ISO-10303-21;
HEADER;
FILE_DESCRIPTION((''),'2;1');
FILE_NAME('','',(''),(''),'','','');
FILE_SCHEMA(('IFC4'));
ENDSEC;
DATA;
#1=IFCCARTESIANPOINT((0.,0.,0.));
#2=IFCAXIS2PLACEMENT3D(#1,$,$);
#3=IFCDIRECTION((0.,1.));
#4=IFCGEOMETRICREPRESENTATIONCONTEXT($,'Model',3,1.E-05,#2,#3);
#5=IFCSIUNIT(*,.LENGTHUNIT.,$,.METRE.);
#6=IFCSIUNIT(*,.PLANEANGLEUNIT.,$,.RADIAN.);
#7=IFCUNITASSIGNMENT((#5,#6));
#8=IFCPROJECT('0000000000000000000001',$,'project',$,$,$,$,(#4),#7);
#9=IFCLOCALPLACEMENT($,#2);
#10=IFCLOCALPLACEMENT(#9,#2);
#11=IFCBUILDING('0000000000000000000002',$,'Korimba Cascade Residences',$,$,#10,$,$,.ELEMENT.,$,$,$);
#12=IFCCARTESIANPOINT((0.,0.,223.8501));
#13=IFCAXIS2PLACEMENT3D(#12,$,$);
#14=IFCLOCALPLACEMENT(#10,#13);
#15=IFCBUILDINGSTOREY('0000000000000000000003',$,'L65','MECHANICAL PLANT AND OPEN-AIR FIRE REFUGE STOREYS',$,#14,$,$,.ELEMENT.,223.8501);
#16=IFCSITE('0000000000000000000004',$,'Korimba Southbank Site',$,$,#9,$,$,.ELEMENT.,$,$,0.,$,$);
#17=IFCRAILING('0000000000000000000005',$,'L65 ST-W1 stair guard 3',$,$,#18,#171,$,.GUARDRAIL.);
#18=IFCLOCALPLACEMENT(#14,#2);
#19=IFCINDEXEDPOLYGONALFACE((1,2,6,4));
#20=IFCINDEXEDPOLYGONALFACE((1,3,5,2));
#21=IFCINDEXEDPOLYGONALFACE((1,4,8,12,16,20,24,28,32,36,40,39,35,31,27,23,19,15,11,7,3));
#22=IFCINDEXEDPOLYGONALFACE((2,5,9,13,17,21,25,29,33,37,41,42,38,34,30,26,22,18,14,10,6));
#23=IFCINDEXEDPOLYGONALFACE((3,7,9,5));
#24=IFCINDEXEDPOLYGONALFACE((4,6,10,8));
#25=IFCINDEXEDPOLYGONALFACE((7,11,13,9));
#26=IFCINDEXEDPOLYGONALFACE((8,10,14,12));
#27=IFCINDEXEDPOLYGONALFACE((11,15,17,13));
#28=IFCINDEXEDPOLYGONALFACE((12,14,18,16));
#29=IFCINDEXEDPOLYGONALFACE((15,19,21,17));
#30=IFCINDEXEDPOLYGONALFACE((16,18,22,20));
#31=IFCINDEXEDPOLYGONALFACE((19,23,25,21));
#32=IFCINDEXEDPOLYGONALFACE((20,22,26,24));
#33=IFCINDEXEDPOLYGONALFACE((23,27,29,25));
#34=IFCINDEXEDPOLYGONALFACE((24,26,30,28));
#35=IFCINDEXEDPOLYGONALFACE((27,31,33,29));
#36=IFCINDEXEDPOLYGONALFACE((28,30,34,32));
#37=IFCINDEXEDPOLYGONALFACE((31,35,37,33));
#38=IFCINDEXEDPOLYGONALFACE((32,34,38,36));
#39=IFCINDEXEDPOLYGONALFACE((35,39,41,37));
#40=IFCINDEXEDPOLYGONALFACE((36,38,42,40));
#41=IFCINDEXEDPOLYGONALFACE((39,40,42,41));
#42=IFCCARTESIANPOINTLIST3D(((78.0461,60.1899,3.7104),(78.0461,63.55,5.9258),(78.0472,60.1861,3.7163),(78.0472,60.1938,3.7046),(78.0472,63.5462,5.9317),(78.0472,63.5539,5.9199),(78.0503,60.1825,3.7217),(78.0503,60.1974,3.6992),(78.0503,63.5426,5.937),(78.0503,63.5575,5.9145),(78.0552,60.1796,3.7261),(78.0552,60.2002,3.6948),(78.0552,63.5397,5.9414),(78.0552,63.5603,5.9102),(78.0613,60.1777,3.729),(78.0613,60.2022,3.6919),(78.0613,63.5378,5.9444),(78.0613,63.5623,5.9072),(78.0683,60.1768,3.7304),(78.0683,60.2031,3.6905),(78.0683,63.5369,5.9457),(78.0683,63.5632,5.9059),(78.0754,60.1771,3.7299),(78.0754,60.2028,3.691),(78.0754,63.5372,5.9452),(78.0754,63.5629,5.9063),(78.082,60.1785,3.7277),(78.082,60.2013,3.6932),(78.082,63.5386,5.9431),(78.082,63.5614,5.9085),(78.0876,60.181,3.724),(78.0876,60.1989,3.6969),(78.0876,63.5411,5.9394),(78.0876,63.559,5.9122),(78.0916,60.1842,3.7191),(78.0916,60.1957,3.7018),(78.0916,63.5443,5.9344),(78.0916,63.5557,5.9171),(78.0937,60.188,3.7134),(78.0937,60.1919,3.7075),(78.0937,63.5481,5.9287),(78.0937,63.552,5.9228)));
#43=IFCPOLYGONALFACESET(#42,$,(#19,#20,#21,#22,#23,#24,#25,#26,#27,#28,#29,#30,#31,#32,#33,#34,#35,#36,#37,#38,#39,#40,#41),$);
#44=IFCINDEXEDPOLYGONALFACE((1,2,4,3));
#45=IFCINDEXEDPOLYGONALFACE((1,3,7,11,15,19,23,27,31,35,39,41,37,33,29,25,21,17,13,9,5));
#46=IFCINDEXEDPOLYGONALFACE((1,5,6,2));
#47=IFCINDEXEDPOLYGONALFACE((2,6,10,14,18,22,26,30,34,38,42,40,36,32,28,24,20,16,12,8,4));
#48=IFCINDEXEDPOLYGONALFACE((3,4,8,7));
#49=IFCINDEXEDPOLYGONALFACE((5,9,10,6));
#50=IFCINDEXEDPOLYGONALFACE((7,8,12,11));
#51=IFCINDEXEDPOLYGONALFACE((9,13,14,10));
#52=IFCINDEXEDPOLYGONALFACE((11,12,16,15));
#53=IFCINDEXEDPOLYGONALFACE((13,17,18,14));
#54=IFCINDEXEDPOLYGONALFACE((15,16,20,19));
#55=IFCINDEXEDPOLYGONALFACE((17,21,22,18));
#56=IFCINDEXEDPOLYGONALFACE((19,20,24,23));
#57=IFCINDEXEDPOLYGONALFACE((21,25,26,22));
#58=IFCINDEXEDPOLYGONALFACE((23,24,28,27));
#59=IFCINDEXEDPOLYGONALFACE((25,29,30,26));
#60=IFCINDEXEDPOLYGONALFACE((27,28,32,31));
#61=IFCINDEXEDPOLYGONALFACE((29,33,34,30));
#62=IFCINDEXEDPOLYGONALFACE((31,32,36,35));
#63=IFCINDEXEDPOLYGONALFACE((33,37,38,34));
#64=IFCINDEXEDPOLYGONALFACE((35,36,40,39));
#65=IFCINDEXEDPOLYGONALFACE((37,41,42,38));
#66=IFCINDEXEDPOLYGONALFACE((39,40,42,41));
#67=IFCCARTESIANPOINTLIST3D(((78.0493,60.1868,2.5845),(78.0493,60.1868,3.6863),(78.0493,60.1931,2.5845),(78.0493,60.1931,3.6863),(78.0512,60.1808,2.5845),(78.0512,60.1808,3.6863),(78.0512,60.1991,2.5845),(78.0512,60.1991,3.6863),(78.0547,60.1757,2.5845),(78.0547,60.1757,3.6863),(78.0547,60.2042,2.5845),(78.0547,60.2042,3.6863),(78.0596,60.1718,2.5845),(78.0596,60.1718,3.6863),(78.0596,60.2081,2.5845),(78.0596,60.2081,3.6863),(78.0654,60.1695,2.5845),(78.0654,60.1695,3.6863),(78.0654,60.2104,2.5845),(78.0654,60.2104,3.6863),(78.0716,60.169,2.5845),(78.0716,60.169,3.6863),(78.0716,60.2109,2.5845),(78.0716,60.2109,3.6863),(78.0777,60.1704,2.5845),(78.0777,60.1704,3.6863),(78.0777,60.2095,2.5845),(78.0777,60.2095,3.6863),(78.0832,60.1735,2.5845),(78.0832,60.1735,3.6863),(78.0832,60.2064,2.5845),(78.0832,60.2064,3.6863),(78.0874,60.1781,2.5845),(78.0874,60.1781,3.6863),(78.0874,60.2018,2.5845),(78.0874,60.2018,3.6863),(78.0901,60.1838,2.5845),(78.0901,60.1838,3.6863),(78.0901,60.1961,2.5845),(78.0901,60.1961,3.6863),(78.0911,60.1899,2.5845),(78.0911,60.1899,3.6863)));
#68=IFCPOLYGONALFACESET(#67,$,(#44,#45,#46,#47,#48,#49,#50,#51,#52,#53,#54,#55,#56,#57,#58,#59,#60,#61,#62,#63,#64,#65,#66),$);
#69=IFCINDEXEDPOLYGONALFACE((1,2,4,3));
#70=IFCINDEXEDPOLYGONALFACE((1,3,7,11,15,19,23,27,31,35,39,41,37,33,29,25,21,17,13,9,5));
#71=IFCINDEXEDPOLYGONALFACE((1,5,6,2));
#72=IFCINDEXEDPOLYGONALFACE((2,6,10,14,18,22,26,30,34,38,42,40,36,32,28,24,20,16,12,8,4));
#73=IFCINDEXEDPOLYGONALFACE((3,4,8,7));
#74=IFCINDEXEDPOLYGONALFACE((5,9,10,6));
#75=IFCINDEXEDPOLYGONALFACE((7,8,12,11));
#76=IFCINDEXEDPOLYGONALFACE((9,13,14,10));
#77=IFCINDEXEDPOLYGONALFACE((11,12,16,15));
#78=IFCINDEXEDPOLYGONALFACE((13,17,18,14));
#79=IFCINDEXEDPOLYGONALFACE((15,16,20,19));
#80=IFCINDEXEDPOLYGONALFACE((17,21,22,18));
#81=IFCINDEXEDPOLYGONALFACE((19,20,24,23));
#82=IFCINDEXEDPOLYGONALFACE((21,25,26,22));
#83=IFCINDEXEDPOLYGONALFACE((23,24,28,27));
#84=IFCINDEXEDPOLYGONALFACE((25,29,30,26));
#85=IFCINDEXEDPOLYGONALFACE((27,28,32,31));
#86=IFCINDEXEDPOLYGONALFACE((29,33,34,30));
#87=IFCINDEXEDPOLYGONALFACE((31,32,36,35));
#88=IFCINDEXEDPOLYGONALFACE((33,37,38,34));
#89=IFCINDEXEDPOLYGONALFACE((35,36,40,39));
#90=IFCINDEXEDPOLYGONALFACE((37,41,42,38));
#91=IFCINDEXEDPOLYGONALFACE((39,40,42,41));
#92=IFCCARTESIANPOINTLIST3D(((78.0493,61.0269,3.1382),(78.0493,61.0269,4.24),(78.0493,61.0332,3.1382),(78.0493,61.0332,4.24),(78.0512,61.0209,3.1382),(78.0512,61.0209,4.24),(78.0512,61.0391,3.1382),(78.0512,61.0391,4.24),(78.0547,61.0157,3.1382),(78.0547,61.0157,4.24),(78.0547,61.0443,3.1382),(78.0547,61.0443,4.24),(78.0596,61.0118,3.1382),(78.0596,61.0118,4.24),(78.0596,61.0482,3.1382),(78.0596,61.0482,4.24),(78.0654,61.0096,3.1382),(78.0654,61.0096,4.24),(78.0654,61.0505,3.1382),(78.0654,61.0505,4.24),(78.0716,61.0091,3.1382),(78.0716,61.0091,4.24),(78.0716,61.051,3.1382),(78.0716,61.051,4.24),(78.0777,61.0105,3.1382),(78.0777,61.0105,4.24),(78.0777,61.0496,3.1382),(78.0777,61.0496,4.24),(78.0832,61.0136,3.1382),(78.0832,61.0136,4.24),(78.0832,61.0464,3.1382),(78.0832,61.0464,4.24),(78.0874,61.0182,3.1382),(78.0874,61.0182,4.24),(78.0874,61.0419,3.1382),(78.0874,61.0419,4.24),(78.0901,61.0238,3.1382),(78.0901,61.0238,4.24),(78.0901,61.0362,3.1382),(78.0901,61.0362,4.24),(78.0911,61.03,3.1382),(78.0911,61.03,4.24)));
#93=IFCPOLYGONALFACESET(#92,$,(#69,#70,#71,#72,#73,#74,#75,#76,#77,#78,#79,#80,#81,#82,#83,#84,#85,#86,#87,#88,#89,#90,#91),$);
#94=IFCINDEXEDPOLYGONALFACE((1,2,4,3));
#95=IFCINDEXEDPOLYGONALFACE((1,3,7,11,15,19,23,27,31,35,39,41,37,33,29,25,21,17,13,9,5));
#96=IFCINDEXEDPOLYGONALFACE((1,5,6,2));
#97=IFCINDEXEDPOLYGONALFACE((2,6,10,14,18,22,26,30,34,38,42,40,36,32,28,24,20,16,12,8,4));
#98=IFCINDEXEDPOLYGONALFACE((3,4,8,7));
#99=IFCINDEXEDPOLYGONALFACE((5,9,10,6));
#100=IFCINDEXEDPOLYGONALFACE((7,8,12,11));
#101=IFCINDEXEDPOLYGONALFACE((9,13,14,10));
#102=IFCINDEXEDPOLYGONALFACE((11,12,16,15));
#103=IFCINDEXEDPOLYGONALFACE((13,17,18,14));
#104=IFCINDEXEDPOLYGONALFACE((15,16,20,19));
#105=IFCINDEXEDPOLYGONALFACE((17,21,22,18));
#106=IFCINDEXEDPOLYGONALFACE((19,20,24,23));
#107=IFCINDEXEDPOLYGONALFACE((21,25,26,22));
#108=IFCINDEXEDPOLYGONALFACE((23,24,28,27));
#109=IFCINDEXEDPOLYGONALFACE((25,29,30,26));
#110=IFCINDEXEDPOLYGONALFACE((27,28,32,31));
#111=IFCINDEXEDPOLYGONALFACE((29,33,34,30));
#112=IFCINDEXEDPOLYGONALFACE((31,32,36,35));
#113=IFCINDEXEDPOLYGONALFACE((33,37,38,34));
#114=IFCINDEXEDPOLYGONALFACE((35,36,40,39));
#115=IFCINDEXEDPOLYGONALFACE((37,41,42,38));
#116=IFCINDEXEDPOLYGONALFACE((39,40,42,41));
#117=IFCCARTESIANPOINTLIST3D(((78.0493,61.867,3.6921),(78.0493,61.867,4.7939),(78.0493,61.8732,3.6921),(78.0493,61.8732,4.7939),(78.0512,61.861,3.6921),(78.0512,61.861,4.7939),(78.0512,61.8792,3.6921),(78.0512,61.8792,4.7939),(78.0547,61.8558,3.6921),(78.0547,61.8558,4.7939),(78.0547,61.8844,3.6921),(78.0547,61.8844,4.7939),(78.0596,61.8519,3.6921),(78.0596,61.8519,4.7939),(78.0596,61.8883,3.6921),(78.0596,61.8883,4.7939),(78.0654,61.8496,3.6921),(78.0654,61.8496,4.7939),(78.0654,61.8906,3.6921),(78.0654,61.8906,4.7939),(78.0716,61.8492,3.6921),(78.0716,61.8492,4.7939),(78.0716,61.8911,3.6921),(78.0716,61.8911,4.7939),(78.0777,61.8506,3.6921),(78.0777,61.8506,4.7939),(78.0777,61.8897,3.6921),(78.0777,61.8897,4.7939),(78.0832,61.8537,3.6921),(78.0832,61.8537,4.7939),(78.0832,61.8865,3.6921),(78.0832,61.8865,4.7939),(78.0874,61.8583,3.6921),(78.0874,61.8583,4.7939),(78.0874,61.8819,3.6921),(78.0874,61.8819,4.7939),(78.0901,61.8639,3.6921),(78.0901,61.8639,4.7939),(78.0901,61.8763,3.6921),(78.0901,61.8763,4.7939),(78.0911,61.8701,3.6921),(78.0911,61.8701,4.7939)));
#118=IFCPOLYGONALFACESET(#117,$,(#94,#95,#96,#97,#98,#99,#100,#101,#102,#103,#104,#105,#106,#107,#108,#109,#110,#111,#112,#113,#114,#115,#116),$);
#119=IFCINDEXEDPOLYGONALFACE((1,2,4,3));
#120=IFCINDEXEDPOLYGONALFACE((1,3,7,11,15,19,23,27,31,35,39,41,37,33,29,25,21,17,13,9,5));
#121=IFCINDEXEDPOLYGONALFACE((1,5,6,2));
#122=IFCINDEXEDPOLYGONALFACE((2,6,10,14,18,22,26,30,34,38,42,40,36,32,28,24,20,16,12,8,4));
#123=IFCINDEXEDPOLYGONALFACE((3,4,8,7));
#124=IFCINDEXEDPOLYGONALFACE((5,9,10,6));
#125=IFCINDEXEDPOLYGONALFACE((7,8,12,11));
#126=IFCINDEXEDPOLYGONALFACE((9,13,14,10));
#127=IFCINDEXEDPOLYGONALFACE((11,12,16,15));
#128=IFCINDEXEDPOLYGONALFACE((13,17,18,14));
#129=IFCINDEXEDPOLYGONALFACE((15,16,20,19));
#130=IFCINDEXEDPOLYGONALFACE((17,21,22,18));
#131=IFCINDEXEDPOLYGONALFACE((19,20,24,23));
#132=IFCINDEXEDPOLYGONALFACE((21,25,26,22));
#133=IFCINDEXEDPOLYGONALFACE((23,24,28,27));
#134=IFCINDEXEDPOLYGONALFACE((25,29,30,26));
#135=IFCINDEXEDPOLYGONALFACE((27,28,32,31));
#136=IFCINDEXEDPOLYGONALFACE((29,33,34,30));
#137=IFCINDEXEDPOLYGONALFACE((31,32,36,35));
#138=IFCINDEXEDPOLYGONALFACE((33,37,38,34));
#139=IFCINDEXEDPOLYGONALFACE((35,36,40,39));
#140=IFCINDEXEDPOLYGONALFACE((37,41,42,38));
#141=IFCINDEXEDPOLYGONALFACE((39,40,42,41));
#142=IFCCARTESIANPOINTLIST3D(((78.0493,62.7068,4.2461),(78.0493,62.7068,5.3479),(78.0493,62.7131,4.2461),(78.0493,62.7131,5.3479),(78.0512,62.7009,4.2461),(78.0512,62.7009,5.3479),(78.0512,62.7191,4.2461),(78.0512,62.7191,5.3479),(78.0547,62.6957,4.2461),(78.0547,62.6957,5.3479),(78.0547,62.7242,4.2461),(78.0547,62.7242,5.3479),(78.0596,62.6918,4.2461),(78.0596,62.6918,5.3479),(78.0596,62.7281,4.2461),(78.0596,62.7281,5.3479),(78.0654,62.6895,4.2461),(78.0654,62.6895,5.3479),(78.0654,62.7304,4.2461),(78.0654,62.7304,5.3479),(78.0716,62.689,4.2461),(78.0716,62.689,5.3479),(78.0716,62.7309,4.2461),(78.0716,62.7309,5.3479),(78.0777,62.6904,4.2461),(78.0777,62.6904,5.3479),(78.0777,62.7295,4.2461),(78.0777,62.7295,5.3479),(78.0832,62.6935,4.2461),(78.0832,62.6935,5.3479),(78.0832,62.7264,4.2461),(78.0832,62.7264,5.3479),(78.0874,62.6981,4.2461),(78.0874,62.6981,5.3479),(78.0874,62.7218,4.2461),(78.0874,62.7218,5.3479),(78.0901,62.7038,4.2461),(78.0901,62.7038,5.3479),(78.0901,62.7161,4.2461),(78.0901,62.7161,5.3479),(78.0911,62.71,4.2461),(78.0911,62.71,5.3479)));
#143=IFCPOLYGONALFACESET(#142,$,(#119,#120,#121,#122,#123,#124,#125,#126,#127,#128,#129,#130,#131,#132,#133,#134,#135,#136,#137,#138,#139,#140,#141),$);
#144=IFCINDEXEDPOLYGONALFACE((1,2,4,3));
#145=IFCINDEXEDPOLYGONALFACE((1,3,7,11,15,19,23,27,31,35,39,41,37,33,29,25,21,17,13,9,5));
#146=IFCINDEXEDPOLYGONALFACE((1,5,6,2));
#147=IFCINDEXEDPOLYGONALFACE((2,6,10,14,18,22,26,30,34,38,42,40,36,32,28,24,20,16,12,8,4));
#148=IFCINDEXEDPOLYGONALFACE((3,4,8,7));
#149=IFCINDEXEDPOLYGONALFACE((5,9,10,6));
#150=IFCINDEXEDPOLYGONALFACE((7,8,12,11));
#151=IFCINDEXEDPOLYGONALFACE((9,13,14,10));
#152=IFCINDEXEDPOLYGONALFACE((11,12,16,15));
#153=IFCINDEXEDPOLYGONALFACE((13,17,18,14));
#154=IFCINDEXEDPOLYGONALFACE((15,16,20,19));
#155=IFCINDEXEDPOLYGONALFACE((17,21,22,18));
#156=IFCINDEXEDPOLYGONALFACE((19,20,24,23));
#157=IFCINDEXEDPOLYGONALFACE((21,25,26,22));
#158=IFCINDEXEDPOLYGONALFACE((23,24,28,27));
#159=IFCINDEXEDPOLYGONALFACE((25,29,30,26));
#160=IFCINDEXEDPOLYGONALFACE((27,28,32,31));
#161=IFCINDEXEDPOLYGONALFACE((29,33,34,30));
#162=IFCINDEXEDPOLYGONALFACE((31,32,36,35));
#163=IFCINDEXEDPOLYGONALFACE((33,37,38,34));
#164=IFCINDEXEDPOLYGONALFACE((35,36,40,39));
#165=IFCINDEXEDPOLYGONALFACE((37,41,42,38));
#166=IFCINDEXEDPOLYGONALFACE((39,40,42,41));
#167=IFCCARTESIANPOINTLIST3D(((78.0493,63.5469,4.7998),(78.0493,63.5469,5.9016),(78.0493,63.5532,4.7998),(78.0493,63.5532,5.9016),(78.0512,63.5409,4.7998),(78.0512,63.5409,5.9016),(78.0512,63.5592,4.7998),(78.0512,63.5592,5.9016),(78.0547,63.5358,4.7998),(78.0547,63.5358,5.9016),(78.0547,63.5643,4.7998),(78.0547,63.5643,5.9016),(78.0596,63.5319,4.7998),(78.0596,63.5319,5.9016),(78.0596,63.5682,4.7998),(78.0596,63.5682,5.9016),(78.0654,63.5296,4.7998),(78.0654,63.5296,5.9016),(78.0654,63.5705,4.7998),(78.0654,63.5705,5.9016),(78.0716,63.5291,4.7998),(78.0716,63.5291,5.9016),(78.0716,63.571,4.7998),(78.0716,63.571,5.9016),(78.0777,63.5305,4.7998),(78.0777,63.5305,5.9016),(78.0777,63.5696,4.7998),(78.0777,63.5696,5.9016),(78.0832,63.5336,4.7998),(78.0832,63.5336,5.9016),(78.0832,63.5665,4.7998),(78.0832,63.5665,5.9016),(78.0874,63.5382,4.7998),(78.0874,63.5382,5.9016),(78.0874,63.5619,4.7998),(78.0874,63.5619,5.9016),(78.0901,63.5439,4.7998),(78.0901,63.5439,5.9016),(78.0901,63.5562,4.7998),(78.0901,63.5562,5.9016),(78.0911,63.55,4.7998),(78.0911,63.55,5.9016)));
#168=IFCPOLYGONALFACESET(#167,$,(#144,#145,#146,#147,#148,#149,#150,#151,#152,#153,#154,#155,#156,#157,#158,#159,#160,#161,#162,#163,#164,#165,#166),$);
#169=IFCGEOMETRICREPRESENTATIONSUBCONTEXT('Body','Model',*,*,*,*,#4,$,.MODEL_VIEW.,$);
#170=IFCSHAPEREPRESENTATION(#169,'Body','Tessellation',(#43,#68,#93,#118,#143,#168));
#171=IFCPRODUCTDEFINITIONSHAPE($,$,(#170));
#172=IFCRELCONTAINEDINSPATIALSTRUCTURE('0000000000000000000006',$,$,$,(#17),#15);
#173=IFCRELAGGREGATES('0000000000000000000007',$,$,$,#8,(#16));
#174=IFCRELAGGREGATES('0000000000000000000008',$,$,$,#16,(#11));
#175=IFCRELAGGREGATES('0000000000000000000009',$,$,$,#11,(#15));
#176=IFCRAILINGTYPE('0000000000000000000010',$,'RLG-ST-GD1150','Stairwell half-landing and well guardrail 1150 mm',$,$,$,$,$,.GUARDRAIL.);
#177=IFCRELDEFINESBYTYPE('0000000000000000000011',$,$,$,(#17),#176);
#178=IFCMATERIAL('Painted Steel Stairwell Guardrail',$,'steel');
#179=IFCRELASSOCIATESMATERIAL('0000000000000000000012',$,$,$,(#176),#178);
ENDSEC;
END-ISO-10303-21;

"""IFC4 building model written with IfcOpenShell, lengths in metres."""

from ifc_helpers import new_model, si_unit, direction, frame, origin, origin_2d, place, context, subcontext, project, spatial, circle, extrude, material, type_object, element, save


model = new_model("IFC4")

# Units and contexts
model_context = context("Model", 3, precision=1e-05, world=origin(), true_north=direction((0.0, 1.0)))
body_context = subcontext(model_context, "Body", "Model", "MODEL_VIEW")
ifc_project = project(units=[si_unit("LENGTHUNIT", "METRE"), si_unit("PLANEANGLEUNIT", "RADIAN")], contexts=[model_context])

# Site, building, storey
site_placement = place(None, origin())
site = spatial("IfcSite", under=ifc_project, at=site_placement, Name="Korimba Southbank Site", CompositionType="ELEMENT", RefElevation=0.0)
building_placement = place(site_placement, origin())
building = spatial("IfcBuilding", under=site, at=building_placement, Name="Korimba Cascade Residences", CompositionType="ELEMENT")
storey_placement = place(building_placement, frame((0.0, 0.0, 223.8501)))
storey = spatial("IfcBuildingStorey", under=building, at=storey_placement, Name="L65", Description="MECHANICAL PLANT AND OPEN-AIR FIRE REFUGE STOREYS", CompositionType="ELEMENT", Elevation=223.8501)

# Railing
ifc_material_1 = material(Name="Painted Steel Stairwell Guardrail", Category="steel")
railing_type_1 = type_object("IfcRailingType", Name="RLG-ST-GD1150", Description="Stairwell half-landing and well guardrail 1150 mm", PredefinedType="GUARDRAIL", material=ifc_material_1)
railing_1_placement = place(storey_placement, frame((78.0701, 60.1899, 2.5845)))
element("IfcRailing", 1, at=railing_1_placement, inside=storey, type_object=railing_type_1, Name="L65 ST-W1 stair guard 3", PredefinedType="GUARDRAIL", context=body_context, shape_type="SweptSolid", body=[
    extrude(circle(Radius=0.0239, at=origin_2d()), frame((0.0, 0.0, 1.126), z_axis=(0.0, 0.834876, 0.550437), x_axis=(-1.0, 0.0, 0.0)), (0.0, 0.0, 1.0), 4.0247),
    extrude(circle(Radius=0.021, at=origin_2d()), origin(), (0.0, 0.0, 1.0), 1.1018),
    extrude(circle(Radius=0.021, at=origin_2d()), frame((0.0, 0.8401, 0.5537)), (0.0, 0.0, 1.0), 1.1018),
    extrude(circle(Radius=0.021, at=origin_2d()), frame((0.0, 1.6802, 1.1077)), (0.0, 0.0, 1.0), 1.1018),
    extrude(circle(Radius=0.021, at=origin_2d()), frame((0.0, 2.52, 1.6616)), (0.0, 0.0, 1.0), 1.1018),
    extrude(circle(Radius=0.021, at=origin_2d()), frame((0.0, 3.3601, 2.2153)), (0.0, 0.0, 1.0), 1.1018),
])

save(model, "model.ifc")
